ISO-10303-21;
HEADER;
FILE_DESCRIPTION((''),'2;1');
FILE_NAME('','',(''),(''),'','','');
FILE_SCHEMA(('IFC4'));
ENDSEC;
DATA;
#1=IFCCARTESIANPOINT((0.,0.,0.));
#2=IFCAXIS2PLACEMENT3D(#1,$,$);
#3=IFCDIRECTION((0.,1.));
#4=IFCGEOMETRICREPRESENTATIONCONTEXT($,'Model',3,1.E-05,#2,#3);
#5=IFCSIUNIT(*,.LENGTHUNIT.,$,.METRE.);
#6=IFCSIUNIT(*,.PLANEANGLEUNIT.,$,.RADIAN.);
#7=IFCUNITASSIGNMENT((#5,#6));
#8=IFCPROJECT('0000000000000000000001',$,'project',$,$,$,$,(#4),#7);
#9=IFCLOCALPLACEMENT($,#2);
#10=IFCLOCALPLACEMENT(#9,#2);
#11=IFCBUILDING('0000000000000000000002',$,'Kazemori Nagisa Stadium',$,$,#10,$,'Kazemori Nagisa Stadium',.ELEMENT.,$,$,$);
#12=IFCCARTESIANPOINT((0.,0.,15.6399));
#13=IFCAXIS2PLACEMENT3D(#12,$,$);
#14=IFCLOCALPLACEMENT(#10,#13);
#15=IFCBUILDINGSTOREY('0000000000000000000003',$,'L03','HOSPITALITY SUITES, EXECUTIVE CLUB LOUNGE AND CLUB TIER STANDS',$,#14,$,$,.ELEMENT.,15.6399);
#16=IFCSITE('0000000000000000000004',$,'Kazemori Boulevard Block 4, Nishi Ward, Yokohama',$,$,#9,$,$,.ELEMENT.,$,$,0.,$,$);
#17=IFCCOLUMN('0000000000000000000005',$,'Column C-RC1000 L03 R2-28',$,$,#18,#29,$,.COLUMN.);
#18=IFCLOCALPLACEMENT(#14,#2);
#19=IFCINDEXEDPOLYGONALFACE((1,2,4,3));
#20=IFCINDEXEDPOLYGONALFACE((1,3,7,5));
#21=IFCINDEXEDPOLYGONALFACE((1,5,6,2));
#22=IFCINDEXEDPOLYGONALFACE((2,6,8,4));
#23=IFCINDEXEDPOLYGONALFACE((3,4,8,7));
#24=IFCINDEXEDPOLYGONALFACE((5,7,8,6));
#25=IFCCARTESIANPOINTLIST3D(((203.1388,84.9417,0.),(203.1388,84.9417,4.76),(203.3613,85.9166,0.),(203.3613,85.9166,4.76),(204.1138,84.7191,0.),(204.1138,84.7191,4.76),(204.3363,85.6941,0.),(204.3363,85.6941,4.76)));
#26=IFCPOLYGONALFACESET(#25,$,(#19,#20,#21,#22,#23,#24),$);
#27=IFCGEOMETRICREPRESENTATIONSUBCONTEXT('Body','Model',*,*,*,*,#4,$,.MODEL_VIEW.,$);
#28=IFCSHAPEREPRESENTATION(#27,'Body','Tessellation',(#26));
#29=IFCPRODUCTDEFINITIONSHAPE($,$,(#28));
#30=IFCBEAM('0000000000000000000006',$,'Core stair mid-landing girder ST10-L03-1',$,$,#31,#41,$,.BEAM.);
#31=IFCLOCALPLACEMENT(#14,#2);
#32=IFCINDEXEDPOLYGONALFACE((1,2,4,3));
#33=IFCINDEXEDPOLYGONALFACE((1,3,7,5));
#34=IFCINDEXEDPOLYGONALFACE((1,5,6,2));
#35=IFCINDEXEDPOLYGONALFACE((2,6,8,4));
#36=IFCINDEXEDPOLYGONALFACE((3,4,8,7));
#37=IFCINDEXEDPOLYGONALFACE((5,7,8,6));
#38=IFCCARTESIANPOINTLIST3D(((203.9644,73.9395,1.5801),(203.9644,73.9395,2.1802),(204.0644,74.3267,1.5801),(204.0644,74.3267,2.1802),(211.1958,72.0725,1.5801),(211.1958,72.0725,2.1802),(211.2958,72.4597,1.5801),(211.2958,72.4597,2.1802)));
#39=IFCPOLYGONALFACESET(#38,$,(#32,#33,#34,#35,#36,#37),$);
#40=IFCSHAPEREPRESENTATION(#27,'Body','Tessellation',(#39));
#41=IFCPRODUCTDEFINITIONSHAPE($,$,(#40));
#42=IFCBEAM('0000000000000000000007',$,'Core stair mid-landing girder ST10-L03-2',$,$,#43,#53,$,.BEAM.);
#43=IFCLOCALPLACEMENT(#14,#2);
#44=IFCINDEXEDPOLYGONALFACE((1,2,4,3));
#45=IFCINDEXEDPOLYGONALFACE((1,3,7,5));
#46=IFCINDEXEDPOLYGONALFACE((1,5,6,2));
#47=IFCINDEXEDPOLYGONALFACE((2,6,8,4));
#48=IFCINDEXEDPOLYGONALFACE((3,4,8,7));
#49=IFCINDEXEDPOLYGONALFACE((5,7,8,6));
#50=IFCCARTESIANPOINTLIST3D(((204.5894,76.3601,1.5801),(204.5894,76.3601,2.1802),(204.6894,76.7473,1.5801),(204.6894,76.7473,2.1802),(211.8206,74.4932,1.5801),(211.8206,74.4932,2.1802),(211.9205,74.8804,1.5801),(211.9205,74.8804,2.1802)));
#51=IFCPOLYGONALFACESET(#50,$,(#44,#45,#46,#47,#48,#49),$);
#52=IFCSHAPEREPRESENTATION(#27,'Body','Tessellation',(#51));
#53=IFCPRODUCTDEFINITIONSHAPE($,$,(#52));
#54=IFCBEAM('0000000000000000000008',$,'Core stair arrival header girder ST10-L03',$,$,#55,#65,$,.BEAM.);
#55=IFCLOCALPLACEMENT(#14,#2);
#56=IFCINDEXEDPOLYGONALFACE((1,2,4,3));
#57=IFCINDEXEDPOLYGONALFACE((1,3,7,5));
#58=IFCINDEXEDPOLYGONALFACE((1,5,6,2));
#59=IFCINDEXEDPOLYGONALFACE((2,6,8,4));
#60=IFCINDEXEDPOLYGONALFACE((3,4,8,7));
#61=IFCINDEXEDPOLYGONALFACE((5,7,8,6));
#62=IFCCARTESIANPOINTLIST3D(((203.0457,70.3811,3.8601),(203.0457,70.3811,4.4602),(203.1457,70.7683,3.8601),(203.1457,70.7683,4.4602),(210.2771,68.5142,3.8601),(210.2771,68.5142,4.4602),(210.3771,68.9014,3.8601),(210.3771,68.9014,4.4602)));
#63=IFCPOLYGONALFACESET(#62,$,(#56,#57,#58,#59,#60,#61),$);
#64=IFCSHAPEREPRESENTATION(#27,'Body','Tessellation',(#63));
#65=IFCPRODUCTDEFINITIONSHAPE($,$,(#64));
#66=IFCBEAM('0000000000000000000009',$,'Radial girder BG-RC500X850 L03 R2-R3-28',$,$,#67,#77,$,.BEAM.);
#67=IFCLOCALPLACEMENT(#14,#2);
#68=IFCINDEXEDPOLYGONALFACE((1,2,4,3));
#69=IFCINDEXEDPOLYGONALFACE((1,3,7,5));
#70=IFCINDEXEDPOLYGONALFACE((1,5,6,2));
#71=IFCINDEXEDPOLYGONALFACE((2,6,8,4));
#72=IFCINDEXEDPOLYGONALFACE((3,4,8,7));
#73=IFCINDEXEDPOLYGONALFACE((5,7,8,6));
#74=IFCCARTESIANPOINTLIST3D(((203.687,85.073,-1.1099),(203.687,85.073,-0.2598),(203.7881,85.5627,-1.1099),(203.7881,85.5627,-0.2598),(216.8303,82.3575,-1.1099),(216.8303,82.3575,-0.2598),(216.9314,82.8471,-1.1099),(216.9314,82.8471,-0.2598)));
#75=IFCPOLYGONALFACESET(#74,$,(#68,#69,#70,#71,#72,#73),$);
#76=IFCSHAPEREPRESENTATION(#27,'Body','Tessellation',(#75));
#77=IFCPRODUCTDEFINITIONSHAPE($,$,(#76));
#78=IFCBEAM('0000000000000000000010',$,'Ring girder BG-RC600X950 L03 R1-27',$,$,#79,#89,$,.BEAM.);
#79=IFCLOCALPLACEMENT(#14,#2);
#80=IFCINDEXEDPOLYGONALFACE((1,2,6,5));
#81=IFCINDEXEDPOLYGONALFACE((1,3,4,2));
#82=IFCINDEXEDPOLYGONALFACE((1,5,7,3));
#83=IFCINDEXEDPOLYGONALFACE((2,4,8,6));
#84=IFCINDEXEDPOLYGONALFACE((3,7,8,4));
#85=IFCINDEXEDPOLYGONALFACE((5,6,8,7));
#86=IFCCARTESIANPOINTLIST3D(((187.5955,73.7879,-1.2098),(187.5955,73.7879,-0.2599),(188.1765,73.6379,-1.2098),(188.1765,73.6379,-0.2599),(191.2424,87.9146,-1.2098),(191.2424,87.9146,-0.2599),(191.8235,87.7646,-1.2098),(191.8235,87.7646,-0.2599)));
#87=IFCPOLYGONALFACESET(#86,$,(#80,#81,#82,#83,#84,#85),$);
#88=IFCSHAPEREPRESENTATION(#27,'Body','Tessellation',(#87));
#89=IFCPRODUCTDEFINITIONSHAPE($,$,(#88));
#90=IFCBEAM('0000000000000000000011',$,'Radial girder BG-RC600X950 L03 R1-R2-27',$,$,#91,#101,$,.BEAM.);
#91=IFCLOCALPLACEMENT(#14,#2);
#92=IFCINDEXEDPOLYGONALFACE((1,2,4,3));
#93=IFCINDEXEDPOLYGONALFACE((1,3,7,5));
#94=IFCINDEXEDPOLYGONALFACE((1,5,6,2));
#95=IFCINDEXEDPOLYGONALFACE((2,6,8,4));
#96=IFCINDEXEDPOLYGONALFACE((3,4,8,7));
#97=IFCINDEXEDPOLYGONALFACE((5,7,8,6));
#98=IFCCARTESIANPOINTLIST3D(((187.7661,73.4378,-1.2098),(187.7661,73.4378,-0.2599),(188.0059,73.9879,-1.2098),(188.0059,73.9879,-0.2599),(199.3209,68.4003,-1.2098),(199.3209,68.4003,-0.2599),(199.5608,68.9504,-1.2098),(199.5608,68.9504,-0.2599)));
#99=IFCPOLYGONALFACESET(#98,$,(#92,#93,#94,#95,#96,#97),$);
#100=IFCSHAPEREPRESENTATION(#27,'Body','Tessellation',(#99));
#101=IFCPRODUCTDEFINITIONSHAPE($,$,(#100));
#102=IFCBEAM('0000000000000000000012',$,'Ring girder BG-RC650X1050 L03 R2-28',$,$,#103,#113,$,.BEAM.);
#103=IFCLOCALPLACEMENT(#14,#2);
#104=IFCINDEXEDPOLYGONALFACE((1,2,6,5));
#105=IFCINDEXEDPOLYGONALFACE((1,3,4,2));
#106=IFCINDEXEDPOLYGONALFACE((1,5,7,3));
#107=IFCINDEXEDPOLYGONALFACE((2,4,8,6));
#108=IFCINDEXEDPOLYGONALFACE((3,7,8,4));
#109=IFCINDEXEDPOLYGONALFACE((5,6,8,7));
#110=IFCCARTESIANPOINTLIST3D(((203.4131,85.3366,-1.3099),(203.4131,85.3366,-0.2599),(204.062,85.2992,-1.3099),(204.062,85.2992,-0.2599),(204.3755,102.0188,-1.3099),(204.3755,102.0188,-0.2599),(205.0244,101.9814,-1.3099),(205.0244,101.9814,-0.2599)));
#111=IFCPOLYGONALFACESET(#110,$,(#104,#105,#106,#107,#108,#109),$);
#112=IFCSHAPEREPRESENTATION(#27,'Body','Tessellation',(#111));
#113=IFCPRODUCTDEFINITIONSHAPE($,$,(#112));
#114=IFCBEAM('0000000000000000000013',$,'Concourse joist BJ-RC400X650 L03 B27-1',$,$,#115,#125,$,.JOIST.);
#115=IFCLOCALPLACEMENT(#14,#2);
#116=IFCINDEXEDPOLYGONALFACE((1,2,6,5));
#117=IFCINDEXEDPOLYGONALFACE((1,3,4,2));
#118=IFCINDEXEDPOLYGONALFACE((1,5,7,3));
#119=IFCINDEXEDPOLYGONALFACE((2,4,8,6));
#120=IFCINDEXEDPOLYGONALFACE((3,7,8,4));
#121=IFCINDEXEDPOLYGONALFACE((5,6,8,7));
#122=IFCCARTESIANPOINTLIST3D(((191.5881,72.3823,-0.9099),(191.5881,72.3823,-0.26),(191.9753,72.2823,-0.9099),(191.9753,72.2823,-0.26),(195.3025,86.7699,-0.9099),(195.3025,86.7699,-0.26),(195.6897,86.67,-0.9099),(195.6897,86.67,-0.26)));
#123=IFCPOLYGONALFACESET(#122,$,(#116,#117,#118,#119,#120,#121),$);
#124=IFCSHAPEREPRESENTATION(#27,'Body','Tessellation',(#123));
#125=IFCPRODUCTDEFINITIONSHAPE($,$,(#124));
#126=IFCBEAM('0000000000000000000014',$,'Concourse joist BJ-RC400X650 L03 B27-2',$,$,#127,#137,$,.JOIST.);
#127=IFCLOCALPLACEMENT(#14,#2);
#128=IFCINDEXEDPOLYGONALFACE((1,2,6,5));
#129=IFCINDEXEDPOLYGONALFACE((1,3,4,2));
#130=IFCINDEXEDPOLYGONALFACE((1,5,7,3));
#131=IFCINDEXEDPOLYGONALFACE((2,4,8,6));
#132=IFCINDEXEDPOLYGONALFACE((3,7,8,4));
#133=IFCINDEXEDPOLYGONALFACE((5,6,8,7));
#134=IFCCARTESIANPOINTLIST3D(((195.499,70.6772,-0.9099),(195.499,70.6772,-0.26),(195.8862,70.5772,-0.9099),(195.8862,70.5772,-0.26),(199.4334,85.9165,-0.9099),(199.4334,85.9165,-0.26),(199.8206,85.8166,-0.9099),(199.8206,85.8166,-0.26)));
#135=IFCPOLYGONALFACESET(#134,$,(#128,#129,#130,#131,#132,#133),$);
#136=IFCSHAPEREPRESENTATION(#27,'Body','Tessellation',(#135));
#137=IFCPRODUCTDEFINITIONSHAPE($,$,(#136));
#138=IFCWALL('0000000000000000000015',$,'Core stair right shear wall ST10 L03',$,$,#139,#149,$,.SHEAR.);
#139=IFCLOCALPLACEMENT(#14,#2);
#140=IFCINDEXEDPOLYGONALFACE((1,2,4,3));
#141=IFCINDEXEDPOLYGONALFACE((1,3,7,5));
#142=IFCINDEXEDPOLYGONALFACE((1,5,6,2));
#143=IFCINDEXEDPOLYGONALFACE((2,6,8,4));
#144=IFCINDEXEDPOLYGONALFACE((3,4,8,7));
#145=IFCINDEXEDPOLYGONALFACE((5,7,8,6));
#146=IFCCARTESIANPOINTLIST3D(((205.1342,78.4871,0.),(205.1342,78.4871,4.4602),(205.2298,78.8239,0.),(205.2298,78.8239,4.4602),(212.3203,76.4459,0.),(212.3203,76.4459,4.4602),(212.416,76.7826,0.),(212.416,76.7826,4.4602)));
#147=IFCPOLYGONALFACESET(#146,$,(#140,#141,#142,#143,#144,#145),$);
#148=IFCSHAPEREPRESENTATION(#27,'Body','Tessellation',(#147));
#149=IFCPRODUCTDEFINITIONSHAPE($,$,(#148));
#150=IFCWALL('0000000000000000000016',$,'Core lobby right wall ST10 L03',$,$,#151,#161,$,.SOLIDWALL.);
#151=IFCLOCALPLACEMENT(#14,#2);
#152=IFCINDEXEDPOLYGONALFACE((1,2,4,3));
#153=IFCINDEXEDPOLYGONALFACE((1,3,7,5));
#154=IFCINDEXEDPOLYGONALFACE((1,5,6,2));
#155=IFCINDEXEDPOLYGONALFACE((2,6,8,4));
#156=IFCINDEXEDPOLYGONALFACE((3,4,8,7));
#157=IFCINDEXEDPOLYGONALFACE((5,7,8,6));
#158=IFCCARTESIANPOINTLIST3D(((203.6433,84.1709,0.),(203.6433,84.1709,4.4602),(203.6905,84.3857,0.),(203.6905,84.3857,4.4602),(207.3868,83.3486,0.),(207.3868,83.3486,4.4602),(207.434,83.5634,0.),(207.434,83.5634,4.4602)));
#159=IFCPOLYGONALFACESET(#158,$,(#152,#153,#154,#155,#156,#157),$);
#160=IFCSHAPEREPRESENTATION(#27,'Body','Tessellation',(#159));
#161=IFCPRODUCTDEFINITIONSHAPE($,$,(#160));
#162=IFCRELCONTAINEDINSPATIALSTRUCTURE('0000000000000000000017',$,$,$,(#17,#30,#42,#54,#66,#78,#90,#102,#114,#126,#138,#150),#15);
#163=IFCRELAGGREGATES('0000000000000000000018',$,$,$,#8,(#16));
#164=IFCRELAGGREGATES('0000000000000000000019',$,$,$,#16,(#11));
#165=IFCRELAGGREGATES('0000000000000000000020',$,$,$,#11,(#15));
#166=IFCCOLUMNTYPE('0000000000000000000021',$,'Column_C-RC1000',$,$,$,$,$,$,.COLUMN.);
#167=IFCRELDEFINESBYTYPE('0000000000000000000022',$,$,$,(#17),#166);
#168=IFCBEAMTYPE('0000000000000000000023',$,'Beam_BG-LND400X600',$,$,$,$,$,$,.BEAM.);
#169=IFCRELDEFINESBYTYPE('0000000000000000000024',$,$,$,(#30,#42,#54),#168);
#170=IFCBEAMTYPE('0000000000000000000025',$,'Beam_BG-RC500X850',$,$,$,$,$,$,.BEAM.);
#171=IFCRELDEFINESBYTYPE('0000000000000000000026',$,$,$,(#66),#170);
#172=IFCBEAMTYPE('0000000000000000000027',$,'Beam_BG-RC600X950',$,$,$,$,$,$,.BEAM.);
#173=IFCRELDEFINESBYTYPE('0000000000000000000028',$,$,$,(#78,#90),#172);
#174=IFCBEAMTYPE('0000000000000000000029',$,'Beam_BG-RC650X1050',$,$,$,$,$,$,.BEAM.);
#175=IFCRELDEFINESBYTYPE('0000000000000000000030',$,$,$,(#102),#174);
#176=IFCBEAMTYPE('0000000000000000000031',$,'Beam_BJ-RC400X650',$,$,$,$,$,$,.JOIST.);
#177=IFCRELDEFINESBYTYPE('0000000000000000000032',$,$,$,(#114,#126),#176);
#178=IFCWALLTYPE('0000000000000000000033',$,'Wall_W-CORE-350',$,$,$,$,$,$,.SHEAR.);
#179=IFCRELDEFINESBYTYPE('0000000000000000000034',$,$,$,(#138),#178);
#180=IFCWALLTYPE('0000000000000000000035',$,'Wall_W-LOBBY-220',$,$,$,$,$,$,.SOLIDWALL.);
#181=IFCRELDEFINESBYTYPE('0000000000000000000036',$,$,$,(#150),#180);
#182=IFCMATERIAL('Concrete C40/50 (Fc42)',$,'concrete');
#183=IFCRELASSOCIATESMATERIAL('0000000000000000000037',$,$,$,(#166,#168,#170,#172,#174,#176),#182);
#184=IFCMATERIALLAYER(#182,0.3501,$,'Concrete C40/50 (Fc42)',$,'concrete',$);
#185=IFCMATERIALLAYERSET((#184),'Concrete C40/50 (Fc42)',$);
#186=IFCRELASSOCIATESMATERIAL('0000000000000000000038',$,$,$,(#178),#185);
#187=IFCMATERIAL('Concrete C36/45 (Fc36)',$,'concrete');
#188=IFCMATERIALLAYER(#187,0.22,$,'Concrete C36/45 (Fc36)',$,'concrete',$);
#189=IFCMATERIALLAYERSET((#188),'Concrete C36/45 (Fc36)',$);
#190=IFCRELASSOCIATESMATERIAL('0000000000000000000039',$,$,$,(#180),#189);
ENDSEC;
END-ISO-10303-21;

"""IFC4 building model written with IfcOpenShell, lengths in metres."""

from ifc_helpers import new_model, si_unit, direction, frame, frame_2d, origin, origin_2d, place, context, subcontext, project, spatial, rectangle, extrude, material, layer, layer_set, material_profile, profile_set, type_object, element, save


model = new_model("IFC4")

# Units and contexts
model_context = context("Model", 3, precision=1e-05, world=origin(), true_north=direction((0.0, 1.0)))
body_context = subcontext(model_context, "Body", "Model", "MODEL_VIEW")
ifc_project = project(units=[si_unit("LENGTHUNIT", "METRE"), si_unit("PLANEANGLEUNIT", "RADIAN")], contexts=[model_context])

# Site, building, storey
site_placement = place(None, origin())
site = spatial("IfcSite", under=ifc_project, at=site_placement, Name="Kazemori Boulevard Block 4, Nishi Ward, Yokohama", CompositionType="ELEMENT", RefElevation=0.0)
building_placement = place(site_placement, origin())
building = spatial("IfcBuilding", under=site, at=building_placement, Name="Kazemori Nagisa Stadium", LongName="Kazemori Nagisa Stadium", CompositionType="ELEMENT")
storey_placement = place(building_placement, frame((0.0, 0.0, 15.6399)))
storey = spatial("IfcBuildingStorey", under=building, at=storey_placement, Name="L03", Description="HOSPITALITY SUITES, EXECUTIVE CLUB LOUNGE AND CLUB TIER STANDS", CompositionType="ELEMENT", Elevation=15.6399)

# Column
ifc_material_1 = material(Name="Concrete C40/50 (Fc42)", Category="concrete")
ifc_material_profile_1 = material_profile(ifc_material_1, rectangle(XDim=1.0, YDim=1.0, at=origin_2d()), Name="RC-COL-1000x1000")
ifc_profile_set_1 = profile_set([ifc_material_profile_1], Name="Concrete C40/50 (Fc42)")
column_type_1 = type_object("IfcColumnType", Name="Column_C-RC1000", PredefinedType="COLUMN", material=ifc_profile_set_1)
column_1_placement = place(storey_placement, frame((203.7375, 85.3179, 0.0), z_axis=(0.0, 0.0, 1.0), x_axis=(0.974928, -0.222521, 0.0)))
element("IfcColumn", 1, at=column_1_placement, inside=storey, type_object=column_type_1, Name="Column C-RC1000 L03 R2-28", PredefinedType="COLUMN", context=body_context, shape_type="SweptSolid", body=[
    extrude(rectangle(XDim=1.0, YDim=1.0, at=origin_2d()), origin(), (0.0, 0.0, 1.0), 4.76),
])

# Beams
ifc_material_profile_2 = material_profile(ifc_material_1, rectangle(XDim=0.3999, YDim=0.6001, at=origin_2d()), Name="RC-BM-400x600")
ifc_profile_set_2 = profile_set([ifc_material_profile_2], Name="Concrete C40/50 (Fc42)")
beam_type_1 = type_object("IfcBeamType", Name="Beam_BG-LND400X600", PredefinedType="BEAM", material=ifc_profile_set_2)
beam_1_placement = place(storey_placement, frame((204.0144, 74.1331, 1.8801), z_axis=(0.968253, -0.249974, 0.0), x_axis=(0.249974, 0.968253, 0.0)))
element("IfcBeam", 2, at=beam_1_placement, inside=storey, type_object=beam_type_1, Name="Core stair mid-landing girder ST10-L03-1", PredefinedType="BEAM", context=body_context, shape_type="SweptSolid", body=[
    extrude(rectangle(XDim=0.3999, YDim=0.6001, at=origin_2d()), origin(), (0.0, 0.0, 1.0), 7.4685),
])
beam_2_placement = place(storey_placement, frame((204.6394, 76.5537, 1.8801), z_axis=(0.968251, -0.249982, 0.0), x_axis=(0.249982, 0.968251, 0.0)))
element("IfcBeam", 3, at=beam_2_placement, inside=storey, type_object=beam_type_1, Name="Core stair mid-landing girder ST10-L03-2", PredefinedType="BEAM", context=body_context, shape_type="SweptSolid", body=[
    extrude(rectangle(XDim=0.3999, YDim=0.6001, at=origin_2d()), origin(), (0.0, 0.0, 1.0), 7.4683),
])
beam_3_placement = place(storey_placement, frame((203.0957, 70.5747, 4.1602), z_axis=(0.968253, -0.249974, 0.0), x_axis=(0.249974, 0.968253, 0.0)))
element("IfcBeam", 4, at=beam_3_placement, inside=storey, type_object=beam_type_1, Name="Core stair arrival header girder ST10-L03", PredefinedType="BEAM", context=body_context, shape_type="SweptSolid", body=[
    extrude(rectangle(XDim=0.3999, YDim=0.6001, at=origin_2d()), origin(), (0.0, 0.0, 1.0), 7.4685),
])
ifc_material_profile_3 = material_profile(ifc_material_1, rectangle(XDim=0.5, YDim=0.8501, at=origin_2d()), Name="RC-BM-500x850")
ifc_profile_set_3 = profile_set([ifc_material_profile_3], Name="Concrete C40/50 (Fc42)")
beam_type_2 = type_object("IfcBeamType", Name="Beam_BG-RC500X850", PredefinedType="BEAM", material=ifc_profile_set_3)
beam_4_placement = place(storey_placement, frame((203.7375, 85.3179, -0.6848), z_axis=(0.979316, -0.202339, 0.0), x_axis=(0.202339, 0.979316, 0.0)))
element("IfcBeam", 5, at=beam_4_placement, inside=storey, type_object=beam_type_2, Name="Radial girder BG-RC500X850 L03 R2-R3-28", PredefinedType="BEAM", context=body_context, shape_type="SweptSolid", body=[
    extrude(rectangle(XDim=0.5, YDim=0.8501, at=origin_2d()), origin(), (0.0, 0.0, 1.0), 13.4209),
])
ifc_material_profile_4 = material_profile(ifc_material_1, rectangle(XDim=0.6001, YDim=0.95, at=origin_2d()), Name="RC-BM-600x950")
ifc_profile_set_4 = profile_set([ifc_material_profile_4], Name="Concrete C40/50 (Fc42)")
beam_type_3 = type_object("IfcBeamType", Name="Beam_BG-RC600X950", PredefinedType="BEAM", material=ifc_profile_set_4)
beam_5_placement = place(storey_placement, frame((187.886, 73.7129, -0.7349), z_axis=(0.249966, 0.968255, 0.0), x_axis=(-0.968255, 0.249966, 0.0)))
element("IfcBeam", 6, at=beam_5_placement, inside=storey, type_object=beam_type_3, Name="Ring girder BG-RC600X950 L03 R1-27", PredefinedType="BEAM", context=body_context, shape_type="SweptSolid", body=[
    extrude(rectangle(XDim=0.6001, YDim=0.95, at=origin_2d()), origin(), (0.0, 0.0, 1.0), 14.5898),
])
beam_6_placement = place(storey_placement, frame((187.886, 73.7129, -0.7349), z_axis=(0.916672, -0.399641, 0.0), x_axis=(0.399641, 0.916672, 0.0)))
element("IfcBeam", 7, at=beam_6_placement, inside=storey, type_object=beam_type_3, Name="Radial girder BG-RC600X950 L03 R1-R2-27", PredefinedType="BEAM", context=body_context, shape_type="SweptSolid", body=[
    extrude(rectangle(XDim=0.6001, YDim=0.95, at=origin_2d()), origin(), (0.0, 0.0, 1.0), 12.6052),
])
ifc_material_profile_5 = material_profile(ifc_material_1, rectangle(XDim=0.6499, YDim=1.05, at=origin_2d()), Name="RC-BM-650x1050")
ifc_profile_set_5 = profile_set([ifc_material_profile_5], Name="Concrete C40/50 (Fc42)")
beam_type_4 = type_object("IfcBeamType", Name="Beam_BG-RC650X1050", PredefinedType="BEAM", material=ifc_profile_set_5)
beam_7_placement = place(storey_placement, frame((203.7375, 85.3179, -0.7849), z_axis=(0.057595, 0.99834, 0.0), x_axis=(-0.99834, 0.057595, 0.0)))
element("IfcBeam", 8, at=beam_7_placement, inside=storey, type_object=beam_type_4, Name="Ring girder BG-RC650X1050 L03 R2-28", PredefinedType="BEAM", context=body_context, shape_type="SweptSolid", body=[
    extrude(rectangle(XDim=0.6499, YDim=1.05, at=origin_2d()), origin(), (0.0, 0.0, 1.0), 16.71),
])
ifc_material_profile_6 = material_profile(ifc_material_1, rectangle(XDim=0.3999, YDim=0.6499, at=origin_2d()), Name="RC-BM-400x650")
ifc_profile_set_6 = profile_set([ifc_material_profile_6], Name="Concrete C40/50 (Fc42)")
beam_type_5 = type_object("IfcBeamType", Name="Beam_BJ-RC400X650", PredefinedType="JOIST", material=ifc_profile_set_6)
beam_8_placement = place(storey_placement, frame((191.7817, 72.3323, -0.585), z_axis=(0.249966, 0.968254, 0.0), x_axis=(-0.968254, 0.249966, 0.0)))
element("IfcBeam", 9, at=beam_8_placement, inside=storey, type_object=beam_type_5, Name="Concourse joist BJ-RC400X650 L03 B27-1", PredefinedType="JOIST", context=body_context, shape_type="SweptSolid", body=[
    extrude(rectangle(XDim=0.3999, YDim=0.6499, at=origin_2d()), origin(), (0.0, 0.0, 1.0), 14.8594),
])
beam_9_placement = place(storey_placement, frame((195.6926, 70.6272, -0.585), z_axis=(0.249974, 0.968252, 0.0), x_axis=(-0.968252, 0.249974, 0.0)))
element("IfcBeam", 10, at=beam_9_placement, inside=storey, type_object=beam_type_5, Name="Concourse joist BJ-RC400X650 L03 B27-2", PredefinedType="JOIST", context=body_context, shape_type="SweptSolid", body=[
    extrude(rectangle(XDim=0.3999, YDim=0.6499, at=origin_2d()), origin(), (0.0, 0.0, 1.0), 15.739),
])

# Walls
ifc_layer_1 = layer(ifc_material_1, 0.3501, Name="Concrete C40/50 (Fc42)", Category="concrete")
ifc_layer_set_1 = layer_set([ifc_layer_1], Name="Concrete C40/50 (Fc42)")
wall_type_1 = type_object("IfcWallType", Name="Wall_W-CORE-350", PredefinedType="SHEAR", material=ifc_layer_set_1)
wall_1_placement = place(storey_placement, frame((205.1819, 78.6555, 0.0), z_axis=(0.0, 0.0, 1.0), x_axis=(0.961946, -0.27324, 0.0)))
element("IfcWall", 11, at=wall_1_placement, inside=storey, type_object=wall_type_1, Name="Core stair right shear wall ST10 L03", PredefinedType="SHEAR", context=body_context, shape_type="SweptSolid", body=[
    extrude(rectangle(XDim=7.4705, YDim=0.3501, at=frame_2d((3.7354, 0.0))), origin(), (0.0, 0.0, 1.0), 4.4602),
])
ifc_material_2 = material(Name="Concrete C36/45 (Fc36)", Category="concrete")
ifc_layer_2 = layer(ifc_material_2, 0.22, Name="Concrete C36/45 (Fc36)", Category="concrete")
ifc_layer_set_2 = layer_set([ifc_layer_2], Name="Concrete C36/45 (Fc36)")
wall_type_2 = type_object("IfcWallType", Name="Wall_W-LOBBY-220", PredefinedType="SOLIDWALL", material=ifc_layer_set_2)
wall_2_placement = place(storey_placement, frame((203.6667, 84.2783, 0.0), z_axis=(0.0, 0.0, 1.0), x_axis=(0.976715, -0.214542, 0.0)))
element("IfcWall", 12, at=wall_2_placement, inside=storey, type_object=wall_type_2, Name="Core lobby right wall ST10 L03", PredefinedType="SOLIDWALL", context=body_context, shape_type="SweptSolid", body=[
    extrude(rectangle(XDim=3.8328, YDim=0.22, at=frame_2d((1.9165, 0.0))), origin(), (0.0, 0.0, 1.0), 4.4602),
])

save(model, "model.ifc")
